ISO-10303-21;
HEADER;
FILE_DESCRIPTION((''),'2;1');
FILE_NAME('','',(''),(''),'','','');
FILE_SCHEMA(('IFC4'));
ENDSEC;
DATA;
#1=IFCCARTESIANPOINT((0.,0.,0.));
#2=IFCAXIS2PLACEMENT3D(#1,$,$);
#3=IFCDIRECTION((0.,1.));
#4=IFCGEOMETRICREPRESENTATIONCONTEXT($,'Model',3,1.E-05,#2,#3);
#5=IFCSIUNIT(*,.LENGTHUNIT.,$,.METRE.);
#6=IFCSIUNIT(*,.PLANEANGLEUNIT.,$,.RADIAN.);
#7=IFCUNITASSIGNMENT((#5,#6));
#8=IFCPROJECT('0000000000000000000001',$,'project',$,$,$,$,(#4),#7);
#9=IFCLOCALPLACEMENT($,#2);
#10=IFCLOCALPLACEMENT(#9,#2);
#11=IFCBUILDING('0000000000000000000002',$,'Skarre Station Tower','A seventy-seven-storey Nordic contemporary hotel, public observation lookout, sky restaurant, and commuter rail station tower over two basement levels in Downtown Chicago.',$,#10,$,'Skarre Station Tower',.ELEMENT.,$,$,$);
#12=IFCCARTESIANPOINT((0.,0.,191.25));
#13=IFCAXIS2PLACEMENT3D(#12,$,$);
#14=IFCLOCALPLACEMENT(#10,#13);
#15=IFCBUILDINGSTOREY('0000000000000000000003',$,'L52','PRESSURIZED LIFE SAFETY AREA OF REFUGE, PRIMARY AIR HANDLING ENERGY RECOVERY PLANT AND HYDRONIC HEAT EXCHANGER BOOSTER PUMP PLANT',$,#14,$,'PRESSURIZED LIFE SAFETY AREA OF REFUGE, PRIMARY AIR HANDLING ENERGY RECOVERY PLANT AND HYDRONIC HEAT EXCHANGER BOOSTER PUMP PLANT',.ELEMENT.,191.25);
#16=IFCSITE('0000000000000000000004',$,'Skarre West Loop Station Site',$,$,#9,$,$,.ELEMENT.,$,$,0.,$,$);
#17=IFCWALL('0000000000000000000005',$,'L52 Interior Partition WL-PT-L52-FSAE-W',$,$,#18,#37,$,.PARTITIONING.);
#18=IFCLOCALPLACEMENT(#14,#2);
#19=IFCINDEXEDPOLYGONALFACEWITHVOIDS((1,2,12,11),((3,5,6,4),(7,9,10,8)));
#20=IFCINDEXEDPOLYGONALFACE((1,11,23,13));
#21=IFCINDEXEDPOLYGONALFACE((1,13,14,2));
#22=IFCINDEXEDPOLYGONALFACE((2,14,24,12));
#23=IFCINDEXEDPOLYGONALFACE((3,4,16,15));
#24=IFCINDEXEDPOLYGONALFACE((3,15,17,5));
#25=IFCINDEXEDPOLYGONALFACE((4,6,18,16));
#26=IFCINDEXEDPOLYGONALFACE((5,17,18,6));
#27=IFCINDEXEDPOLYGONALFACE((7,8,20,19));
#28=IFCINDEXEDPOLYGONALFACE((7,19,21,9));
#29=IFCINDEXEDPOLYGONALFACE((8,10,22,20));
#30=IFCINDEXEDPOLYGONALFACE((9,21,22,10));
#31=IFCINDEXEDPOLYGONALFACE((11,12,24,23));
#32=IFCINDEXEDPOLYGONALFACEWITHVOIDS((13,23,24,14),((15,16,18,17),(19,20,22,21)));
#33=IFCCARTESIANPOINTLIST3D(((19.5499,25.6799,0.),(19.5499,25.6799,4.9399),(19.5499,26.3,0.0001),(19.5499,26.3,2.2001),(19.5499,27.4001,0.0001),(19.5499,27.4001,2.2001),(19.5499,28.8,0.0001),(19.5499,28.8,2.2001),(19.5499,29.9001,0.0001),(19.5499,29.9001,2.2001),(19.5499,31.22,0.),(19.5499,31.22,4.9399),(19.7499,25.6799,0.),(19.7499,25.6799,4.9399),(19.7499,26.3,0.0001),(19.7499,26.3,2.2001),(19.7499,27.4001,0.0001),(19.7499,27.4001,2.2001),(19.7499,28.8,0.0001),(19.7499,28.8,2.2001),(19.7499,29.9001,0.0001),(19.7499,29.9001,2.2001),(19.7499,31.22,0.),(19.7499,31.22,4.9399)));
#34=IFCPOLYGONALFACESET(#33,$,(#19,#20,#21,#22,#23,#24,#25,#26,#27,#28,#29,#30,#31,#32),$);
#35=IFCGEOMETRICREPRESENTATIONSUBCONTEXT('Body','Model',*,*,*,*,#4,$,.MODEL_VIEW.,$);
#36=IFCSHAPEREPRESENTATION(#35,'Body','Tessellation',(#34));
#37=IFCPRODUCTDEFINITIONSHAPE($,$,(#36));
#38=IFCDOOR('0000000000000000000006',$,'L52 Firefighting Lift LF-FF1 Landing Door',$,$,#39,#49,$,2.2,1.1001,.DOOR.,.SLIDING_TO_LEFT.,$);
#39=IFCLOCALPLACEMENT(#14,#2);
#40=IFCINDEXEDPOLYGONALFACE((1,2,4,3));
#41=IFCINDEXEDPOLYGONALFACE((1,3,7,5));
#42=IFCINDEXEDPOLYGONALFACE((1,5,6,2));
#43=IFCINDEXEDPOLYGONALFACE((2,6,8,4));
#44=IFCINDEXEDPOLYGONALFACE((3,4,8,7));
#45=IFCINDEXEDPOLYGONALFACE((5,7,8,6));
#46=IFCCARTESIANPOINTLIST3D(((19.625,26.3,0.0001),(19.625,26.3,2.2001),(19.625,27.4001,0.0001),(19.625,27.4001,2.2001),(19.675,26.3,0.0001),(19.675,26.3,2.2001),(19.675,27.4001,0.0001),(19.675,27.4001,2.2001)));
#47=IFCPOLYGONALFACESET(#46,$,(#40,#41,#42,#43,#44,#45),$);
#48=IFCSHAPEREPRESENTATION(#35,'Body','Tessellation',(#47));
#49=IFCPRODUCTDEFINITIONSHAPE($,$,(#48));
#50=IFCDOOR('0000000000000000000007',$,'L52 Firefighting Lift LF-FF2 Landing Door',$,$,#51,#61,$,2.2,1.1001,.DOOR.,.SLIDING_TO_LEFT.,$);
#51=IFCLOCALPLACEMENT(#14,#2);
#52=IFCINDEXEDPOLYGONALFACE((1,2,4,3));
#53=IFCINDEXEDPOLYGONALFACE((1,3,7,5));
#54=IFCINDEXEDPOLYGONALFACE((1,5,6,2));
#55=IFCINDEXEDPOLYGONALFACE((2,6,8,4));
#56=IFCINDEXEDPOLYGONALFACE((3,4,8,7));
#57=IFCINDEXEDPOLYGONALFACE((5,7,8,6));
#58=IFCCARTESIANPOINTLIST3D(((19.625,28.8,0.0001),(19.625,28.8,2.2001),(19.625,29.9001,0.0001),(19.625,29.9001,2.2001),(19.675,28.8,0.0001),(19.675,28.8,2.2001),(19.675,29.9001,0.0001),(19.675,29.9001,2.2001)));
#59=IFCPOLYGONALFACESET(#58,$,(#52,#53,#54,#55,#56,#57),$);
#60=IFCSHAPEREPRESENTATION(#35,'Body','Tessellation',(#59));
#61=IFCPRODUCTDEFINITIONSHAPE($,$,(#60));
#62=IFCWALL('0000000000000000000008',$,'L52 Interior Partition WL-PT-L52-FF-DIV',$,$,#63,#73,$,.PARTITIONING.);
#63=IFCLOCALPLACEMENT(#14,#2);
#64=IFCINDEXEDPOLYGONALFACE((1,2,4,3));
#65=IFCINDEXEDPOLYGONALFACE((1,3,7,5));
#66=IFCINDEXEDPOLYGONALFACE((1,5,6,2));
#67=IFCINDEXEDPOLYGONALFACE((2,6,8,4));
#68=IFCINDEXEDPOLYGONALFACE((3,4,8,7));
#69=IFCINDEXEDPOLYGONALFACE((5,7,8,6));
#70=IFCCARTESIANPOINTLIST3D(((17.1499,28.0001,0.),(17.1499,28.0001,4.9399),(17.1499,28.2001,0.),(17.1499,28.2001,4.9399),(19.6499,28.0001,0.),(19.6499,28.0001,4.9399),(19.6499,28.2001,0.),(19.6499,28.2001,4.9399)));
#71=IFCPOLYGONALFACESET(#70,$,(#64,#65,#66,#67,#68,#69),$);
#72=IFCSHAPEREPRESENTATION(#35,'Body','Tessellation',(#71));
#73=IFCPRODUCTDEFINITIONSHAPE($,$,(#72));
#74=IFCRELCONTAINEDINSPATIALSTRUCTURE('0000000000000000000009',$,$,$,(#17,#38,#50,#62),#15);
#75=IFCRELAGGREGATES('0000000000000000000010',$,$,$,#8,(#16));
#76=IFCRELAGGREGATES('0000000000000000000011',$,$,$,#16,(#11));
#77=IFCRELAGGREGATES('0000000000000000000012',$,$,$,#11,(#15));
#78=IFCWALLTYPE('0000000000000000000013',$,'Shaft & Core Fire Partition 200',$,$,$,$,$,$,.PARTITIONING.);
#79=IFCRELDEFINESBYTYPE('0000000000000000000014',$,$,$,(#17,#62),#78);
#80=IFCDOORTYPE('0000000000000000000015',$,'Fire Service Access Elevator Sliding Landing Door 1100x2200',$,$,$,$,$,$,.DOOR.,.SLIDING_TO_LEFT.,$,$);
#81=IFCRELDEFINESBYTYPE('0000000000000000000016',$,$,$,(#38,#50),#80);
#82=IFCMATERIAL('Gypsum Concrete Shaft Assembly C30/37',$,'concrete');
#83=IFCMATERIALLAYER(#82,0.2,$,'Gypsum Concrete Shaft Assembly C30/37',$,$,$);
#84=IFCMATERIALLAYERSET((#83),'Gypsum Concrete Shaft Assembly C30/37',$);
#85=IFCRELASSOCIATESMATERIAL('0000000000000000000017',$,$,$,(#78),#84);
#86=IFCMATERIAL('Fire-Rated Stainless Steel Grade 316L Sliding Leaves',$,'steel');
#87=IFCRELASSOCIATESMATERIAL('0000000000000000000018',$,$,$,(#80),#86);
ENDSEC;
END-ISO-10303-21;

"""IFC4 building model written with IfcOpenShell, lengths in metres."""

from ifc_helpers import new_model, si_unit, direction, frame, frame_2d, origin, place, context, subcontext, project, spatial, rectangle, extrude, material, layer, layer_set, type_object, element, fill, save


model = new_model("IFC4")

# Units and contexts
model_context = context("Model", 3, precision=1e-05, world=origin(), true_north=direction((0.0, 1.0)))
body_context = subcontext(model_context, "Body", "Model", "MODEL_VIEW")
ifc_project = project(units=[si_unit("LENGTHUNIT", "METRE"), si_unit("PLANEANGLEUNIT", "RADIAN")], contexts=[model_context])

# Site, building, storey
site_placement = place(None, origin())
site = spatial("IfcSite", under=ifc_project, at=site_placement, Name="Skarre West Loop Station Site", CompositionType="ELEMENT", RefElevation=0.0)
building_placement = place(site_placement, origin())
building = spatial("IfcBuilding", under=site, at=building_placement, Name="Skarre Station Tower", Description="A seventy-seven-storey Nordic contemporary hotel, public observation lookout, sky restaurant, and commuter rail station tower over two basement levels in Downtown Chicago.", LongName="Skarre Station Tower", CompositionType="ELEMENT")
storey_placement = place(building_placement, frame((0.0, 0.0, 191.25)))
storey = spatial("IfcBuildingStorey", under=building, at=storey_placement, Name="L52", Description="PRESSURIZED LIFE SAFETY AREA OF REFUGE, PRIMARY AIR HANDLING ENERGY RECOVERY PLANT AND HYDRONIC HEAT EXCHANGER BOOSTER PUMP PLANT", LongName="PRESSURIZED LIFE SAFETY AREA OF REFUGE, PRIMARY AIR HANDLING ENERGY RECOVERY PLANT AND HYDRONIC HEAT EXCHANGER BOOSTER PUMP PLANT", CompositionType="ELEMENT", Elevation=191.25)

# Wall, openings, doors
ifc_material_1 = material(Name="Gypsum Concrete Shaft Assembly C30/37", Category="concrete")
ifc_layer_1 = layer(ifc_material_1, 0.2, Name="Gypsum Concrete Shaft Assembly C30/37")
ifc_layer_set_1 = layer_set([ifc_layer_1], Name="Gypsum Concrete Shaft Assembly C30/37")
wall_type_1 = type_object("IfcWallType", Name="Shaft & Core Fire Partition 200", PredefinedType="PARTITIONING", material=ifc_layer_set_1)
wall_1_placement = place(storey_placement, frame((19.6499, 25.6799, 0.0), z_axis=(0.0, 0.0, 1.0), x_axis=(0.0, 1.0, 0.0)))
wall_1 = element("IfcWall", 1, at=wall_1_placement, inside=storey, type_object=wall_type_1, Name="L52 Interior Partition WL-PT-L52-FSAE-W", PredefinedType="PARTITIONING", context=body_context, shape_type="SweptSolid", body=[
    extrude(rectangle(XDim=5.54, YDim=0.2, at=frame_2d((2.77, 0.0))), origin(), (0.0, 0.0, 1.0), 4.9399),
])
opening_1_placement = place(wall_1_placement, frame((0.6201, 0.0, 0.0)))
opening_1 = element("IfcOpeningElement", 2, at=opening_1_placement, cuts=wall_1, PredefinedType="OPENING", context=body_context, shape_type="SweptSolid", body=[
    extrude(rectangle(XDim=1.1001, YDim=2.2, at=frame_2d((0.55, 1.1001))), frame((0.0, 0.1099, 0.0), z_axis=(0.0, -1.0, 0.0), x_axis=(1.0, 0.0, 0.0)), (0.0, 0.0, 1.0), 0.22),
])
opening_2_placement = place(wall_1_placement, frame((3.1201, 0.0, 0.0)))
opening_2 = element("IfcOpeningElement", 3, at=opening_2_placement, cuts=wall_1, PredefinedType="OPENING", context=body_context, shape_type="SweptSolid", body=[
    extrude(rectangle(XDim=1.1001, YDim=2.2, at=frame_2d((0.55, 1.1001))), frame((0.0, 0.1099, 0.0), z_axis=(0.0, -1.0, 0.0), x_axis=(1.0, 0.0, 0.0)), (0.0, 0.0, 1.0), 0.22),
])
ifc_material_2 = material(Name="Fire-Rated Stainless Steel Grade 316L Sliding Leaves", Category="steel")
door_type = type_object("IfcDoorType", Name="Fire Service Access Elevator Sliding Landing Door 1100x2200", OperationType="SLIDING_TO_LEFT", PredefinedType="DOOR", material=ifc_material_2)
door_1_placement = place(opening_1_placement, origin())
door_1 = element("IfcDoor", 4, at=door_1_placement, inside=storey, type_object=door_type, Name="L52 Firefighting Lift LF-FF1 Landing Door", OperationType="SLIDING_TO_LEFT", OverallHeight=2.2, OverallWidth=1.1001, PredefinedType="DOOR", context=body_context, shape_type="SweptSolid", body=[
    extrude(rectangle(XDim=1.1001, YDim=2.2, at=frame_2d((0.55, 1.1001))), frame((0.0, 0.0249, 0.0), z_axis=(0.0, -1.0, 0.0), x_axis=(1.0, 0.0, 0.0)), (0.0, 0.0, 1.0), 0.05),
])
fill(opening_1, door_1)
door_2_placement = place(opening_2_placement, origin())
door_2 = element("IfcDoor", 5, at=door_2_placement, inside=storey, type_object=door_type, Name="L52 Firefighting Lift LF-FF2 Landing Door", OperationType="SLIDING_TO_LEFT", OverallHeight=2.2, OverallWidth=1.1001, PredefinedType="DOOR", context=body_context, shape_type="SweptSolid", body=[
    extrude(rectangle(XDim=1.1001, YDim=2.2, at=frame_2d((0.55, 1.1001))), frame((0.0, 0.0249, 0.0), z_axis=(0.0, -1.0, 0.0), x_axis=(1.0, 0.0, 0.0)), (0.0, 0.0, 1.0), 0.05),
])
fill(opening_2, door_2)

# Wall
wall_2_placement = place(storey_placement, frame((17.1499, 28.1001, 0.0), z_axis=(0.0, 0.0, 1.0), x_axis=(1.0, 0.0, 0.0)))
element("IfcWall", 6, at=wall_2_placement, inside=storey, type_object=wall_type_1, Name="L52 Interior Partition WL-PT-L52-FF-DIV", PredefinedType="PARTITIONING", context=body_context, shape_type="SweptSolid", body=[
    extrude(rectangle(XDim=2.5, YDim=0.2, at=frame_2d((1.25, 0.0))), origin(), (0.0, 0.0, 1.0), 4.9399),
])

save(model, "model.ifc")
